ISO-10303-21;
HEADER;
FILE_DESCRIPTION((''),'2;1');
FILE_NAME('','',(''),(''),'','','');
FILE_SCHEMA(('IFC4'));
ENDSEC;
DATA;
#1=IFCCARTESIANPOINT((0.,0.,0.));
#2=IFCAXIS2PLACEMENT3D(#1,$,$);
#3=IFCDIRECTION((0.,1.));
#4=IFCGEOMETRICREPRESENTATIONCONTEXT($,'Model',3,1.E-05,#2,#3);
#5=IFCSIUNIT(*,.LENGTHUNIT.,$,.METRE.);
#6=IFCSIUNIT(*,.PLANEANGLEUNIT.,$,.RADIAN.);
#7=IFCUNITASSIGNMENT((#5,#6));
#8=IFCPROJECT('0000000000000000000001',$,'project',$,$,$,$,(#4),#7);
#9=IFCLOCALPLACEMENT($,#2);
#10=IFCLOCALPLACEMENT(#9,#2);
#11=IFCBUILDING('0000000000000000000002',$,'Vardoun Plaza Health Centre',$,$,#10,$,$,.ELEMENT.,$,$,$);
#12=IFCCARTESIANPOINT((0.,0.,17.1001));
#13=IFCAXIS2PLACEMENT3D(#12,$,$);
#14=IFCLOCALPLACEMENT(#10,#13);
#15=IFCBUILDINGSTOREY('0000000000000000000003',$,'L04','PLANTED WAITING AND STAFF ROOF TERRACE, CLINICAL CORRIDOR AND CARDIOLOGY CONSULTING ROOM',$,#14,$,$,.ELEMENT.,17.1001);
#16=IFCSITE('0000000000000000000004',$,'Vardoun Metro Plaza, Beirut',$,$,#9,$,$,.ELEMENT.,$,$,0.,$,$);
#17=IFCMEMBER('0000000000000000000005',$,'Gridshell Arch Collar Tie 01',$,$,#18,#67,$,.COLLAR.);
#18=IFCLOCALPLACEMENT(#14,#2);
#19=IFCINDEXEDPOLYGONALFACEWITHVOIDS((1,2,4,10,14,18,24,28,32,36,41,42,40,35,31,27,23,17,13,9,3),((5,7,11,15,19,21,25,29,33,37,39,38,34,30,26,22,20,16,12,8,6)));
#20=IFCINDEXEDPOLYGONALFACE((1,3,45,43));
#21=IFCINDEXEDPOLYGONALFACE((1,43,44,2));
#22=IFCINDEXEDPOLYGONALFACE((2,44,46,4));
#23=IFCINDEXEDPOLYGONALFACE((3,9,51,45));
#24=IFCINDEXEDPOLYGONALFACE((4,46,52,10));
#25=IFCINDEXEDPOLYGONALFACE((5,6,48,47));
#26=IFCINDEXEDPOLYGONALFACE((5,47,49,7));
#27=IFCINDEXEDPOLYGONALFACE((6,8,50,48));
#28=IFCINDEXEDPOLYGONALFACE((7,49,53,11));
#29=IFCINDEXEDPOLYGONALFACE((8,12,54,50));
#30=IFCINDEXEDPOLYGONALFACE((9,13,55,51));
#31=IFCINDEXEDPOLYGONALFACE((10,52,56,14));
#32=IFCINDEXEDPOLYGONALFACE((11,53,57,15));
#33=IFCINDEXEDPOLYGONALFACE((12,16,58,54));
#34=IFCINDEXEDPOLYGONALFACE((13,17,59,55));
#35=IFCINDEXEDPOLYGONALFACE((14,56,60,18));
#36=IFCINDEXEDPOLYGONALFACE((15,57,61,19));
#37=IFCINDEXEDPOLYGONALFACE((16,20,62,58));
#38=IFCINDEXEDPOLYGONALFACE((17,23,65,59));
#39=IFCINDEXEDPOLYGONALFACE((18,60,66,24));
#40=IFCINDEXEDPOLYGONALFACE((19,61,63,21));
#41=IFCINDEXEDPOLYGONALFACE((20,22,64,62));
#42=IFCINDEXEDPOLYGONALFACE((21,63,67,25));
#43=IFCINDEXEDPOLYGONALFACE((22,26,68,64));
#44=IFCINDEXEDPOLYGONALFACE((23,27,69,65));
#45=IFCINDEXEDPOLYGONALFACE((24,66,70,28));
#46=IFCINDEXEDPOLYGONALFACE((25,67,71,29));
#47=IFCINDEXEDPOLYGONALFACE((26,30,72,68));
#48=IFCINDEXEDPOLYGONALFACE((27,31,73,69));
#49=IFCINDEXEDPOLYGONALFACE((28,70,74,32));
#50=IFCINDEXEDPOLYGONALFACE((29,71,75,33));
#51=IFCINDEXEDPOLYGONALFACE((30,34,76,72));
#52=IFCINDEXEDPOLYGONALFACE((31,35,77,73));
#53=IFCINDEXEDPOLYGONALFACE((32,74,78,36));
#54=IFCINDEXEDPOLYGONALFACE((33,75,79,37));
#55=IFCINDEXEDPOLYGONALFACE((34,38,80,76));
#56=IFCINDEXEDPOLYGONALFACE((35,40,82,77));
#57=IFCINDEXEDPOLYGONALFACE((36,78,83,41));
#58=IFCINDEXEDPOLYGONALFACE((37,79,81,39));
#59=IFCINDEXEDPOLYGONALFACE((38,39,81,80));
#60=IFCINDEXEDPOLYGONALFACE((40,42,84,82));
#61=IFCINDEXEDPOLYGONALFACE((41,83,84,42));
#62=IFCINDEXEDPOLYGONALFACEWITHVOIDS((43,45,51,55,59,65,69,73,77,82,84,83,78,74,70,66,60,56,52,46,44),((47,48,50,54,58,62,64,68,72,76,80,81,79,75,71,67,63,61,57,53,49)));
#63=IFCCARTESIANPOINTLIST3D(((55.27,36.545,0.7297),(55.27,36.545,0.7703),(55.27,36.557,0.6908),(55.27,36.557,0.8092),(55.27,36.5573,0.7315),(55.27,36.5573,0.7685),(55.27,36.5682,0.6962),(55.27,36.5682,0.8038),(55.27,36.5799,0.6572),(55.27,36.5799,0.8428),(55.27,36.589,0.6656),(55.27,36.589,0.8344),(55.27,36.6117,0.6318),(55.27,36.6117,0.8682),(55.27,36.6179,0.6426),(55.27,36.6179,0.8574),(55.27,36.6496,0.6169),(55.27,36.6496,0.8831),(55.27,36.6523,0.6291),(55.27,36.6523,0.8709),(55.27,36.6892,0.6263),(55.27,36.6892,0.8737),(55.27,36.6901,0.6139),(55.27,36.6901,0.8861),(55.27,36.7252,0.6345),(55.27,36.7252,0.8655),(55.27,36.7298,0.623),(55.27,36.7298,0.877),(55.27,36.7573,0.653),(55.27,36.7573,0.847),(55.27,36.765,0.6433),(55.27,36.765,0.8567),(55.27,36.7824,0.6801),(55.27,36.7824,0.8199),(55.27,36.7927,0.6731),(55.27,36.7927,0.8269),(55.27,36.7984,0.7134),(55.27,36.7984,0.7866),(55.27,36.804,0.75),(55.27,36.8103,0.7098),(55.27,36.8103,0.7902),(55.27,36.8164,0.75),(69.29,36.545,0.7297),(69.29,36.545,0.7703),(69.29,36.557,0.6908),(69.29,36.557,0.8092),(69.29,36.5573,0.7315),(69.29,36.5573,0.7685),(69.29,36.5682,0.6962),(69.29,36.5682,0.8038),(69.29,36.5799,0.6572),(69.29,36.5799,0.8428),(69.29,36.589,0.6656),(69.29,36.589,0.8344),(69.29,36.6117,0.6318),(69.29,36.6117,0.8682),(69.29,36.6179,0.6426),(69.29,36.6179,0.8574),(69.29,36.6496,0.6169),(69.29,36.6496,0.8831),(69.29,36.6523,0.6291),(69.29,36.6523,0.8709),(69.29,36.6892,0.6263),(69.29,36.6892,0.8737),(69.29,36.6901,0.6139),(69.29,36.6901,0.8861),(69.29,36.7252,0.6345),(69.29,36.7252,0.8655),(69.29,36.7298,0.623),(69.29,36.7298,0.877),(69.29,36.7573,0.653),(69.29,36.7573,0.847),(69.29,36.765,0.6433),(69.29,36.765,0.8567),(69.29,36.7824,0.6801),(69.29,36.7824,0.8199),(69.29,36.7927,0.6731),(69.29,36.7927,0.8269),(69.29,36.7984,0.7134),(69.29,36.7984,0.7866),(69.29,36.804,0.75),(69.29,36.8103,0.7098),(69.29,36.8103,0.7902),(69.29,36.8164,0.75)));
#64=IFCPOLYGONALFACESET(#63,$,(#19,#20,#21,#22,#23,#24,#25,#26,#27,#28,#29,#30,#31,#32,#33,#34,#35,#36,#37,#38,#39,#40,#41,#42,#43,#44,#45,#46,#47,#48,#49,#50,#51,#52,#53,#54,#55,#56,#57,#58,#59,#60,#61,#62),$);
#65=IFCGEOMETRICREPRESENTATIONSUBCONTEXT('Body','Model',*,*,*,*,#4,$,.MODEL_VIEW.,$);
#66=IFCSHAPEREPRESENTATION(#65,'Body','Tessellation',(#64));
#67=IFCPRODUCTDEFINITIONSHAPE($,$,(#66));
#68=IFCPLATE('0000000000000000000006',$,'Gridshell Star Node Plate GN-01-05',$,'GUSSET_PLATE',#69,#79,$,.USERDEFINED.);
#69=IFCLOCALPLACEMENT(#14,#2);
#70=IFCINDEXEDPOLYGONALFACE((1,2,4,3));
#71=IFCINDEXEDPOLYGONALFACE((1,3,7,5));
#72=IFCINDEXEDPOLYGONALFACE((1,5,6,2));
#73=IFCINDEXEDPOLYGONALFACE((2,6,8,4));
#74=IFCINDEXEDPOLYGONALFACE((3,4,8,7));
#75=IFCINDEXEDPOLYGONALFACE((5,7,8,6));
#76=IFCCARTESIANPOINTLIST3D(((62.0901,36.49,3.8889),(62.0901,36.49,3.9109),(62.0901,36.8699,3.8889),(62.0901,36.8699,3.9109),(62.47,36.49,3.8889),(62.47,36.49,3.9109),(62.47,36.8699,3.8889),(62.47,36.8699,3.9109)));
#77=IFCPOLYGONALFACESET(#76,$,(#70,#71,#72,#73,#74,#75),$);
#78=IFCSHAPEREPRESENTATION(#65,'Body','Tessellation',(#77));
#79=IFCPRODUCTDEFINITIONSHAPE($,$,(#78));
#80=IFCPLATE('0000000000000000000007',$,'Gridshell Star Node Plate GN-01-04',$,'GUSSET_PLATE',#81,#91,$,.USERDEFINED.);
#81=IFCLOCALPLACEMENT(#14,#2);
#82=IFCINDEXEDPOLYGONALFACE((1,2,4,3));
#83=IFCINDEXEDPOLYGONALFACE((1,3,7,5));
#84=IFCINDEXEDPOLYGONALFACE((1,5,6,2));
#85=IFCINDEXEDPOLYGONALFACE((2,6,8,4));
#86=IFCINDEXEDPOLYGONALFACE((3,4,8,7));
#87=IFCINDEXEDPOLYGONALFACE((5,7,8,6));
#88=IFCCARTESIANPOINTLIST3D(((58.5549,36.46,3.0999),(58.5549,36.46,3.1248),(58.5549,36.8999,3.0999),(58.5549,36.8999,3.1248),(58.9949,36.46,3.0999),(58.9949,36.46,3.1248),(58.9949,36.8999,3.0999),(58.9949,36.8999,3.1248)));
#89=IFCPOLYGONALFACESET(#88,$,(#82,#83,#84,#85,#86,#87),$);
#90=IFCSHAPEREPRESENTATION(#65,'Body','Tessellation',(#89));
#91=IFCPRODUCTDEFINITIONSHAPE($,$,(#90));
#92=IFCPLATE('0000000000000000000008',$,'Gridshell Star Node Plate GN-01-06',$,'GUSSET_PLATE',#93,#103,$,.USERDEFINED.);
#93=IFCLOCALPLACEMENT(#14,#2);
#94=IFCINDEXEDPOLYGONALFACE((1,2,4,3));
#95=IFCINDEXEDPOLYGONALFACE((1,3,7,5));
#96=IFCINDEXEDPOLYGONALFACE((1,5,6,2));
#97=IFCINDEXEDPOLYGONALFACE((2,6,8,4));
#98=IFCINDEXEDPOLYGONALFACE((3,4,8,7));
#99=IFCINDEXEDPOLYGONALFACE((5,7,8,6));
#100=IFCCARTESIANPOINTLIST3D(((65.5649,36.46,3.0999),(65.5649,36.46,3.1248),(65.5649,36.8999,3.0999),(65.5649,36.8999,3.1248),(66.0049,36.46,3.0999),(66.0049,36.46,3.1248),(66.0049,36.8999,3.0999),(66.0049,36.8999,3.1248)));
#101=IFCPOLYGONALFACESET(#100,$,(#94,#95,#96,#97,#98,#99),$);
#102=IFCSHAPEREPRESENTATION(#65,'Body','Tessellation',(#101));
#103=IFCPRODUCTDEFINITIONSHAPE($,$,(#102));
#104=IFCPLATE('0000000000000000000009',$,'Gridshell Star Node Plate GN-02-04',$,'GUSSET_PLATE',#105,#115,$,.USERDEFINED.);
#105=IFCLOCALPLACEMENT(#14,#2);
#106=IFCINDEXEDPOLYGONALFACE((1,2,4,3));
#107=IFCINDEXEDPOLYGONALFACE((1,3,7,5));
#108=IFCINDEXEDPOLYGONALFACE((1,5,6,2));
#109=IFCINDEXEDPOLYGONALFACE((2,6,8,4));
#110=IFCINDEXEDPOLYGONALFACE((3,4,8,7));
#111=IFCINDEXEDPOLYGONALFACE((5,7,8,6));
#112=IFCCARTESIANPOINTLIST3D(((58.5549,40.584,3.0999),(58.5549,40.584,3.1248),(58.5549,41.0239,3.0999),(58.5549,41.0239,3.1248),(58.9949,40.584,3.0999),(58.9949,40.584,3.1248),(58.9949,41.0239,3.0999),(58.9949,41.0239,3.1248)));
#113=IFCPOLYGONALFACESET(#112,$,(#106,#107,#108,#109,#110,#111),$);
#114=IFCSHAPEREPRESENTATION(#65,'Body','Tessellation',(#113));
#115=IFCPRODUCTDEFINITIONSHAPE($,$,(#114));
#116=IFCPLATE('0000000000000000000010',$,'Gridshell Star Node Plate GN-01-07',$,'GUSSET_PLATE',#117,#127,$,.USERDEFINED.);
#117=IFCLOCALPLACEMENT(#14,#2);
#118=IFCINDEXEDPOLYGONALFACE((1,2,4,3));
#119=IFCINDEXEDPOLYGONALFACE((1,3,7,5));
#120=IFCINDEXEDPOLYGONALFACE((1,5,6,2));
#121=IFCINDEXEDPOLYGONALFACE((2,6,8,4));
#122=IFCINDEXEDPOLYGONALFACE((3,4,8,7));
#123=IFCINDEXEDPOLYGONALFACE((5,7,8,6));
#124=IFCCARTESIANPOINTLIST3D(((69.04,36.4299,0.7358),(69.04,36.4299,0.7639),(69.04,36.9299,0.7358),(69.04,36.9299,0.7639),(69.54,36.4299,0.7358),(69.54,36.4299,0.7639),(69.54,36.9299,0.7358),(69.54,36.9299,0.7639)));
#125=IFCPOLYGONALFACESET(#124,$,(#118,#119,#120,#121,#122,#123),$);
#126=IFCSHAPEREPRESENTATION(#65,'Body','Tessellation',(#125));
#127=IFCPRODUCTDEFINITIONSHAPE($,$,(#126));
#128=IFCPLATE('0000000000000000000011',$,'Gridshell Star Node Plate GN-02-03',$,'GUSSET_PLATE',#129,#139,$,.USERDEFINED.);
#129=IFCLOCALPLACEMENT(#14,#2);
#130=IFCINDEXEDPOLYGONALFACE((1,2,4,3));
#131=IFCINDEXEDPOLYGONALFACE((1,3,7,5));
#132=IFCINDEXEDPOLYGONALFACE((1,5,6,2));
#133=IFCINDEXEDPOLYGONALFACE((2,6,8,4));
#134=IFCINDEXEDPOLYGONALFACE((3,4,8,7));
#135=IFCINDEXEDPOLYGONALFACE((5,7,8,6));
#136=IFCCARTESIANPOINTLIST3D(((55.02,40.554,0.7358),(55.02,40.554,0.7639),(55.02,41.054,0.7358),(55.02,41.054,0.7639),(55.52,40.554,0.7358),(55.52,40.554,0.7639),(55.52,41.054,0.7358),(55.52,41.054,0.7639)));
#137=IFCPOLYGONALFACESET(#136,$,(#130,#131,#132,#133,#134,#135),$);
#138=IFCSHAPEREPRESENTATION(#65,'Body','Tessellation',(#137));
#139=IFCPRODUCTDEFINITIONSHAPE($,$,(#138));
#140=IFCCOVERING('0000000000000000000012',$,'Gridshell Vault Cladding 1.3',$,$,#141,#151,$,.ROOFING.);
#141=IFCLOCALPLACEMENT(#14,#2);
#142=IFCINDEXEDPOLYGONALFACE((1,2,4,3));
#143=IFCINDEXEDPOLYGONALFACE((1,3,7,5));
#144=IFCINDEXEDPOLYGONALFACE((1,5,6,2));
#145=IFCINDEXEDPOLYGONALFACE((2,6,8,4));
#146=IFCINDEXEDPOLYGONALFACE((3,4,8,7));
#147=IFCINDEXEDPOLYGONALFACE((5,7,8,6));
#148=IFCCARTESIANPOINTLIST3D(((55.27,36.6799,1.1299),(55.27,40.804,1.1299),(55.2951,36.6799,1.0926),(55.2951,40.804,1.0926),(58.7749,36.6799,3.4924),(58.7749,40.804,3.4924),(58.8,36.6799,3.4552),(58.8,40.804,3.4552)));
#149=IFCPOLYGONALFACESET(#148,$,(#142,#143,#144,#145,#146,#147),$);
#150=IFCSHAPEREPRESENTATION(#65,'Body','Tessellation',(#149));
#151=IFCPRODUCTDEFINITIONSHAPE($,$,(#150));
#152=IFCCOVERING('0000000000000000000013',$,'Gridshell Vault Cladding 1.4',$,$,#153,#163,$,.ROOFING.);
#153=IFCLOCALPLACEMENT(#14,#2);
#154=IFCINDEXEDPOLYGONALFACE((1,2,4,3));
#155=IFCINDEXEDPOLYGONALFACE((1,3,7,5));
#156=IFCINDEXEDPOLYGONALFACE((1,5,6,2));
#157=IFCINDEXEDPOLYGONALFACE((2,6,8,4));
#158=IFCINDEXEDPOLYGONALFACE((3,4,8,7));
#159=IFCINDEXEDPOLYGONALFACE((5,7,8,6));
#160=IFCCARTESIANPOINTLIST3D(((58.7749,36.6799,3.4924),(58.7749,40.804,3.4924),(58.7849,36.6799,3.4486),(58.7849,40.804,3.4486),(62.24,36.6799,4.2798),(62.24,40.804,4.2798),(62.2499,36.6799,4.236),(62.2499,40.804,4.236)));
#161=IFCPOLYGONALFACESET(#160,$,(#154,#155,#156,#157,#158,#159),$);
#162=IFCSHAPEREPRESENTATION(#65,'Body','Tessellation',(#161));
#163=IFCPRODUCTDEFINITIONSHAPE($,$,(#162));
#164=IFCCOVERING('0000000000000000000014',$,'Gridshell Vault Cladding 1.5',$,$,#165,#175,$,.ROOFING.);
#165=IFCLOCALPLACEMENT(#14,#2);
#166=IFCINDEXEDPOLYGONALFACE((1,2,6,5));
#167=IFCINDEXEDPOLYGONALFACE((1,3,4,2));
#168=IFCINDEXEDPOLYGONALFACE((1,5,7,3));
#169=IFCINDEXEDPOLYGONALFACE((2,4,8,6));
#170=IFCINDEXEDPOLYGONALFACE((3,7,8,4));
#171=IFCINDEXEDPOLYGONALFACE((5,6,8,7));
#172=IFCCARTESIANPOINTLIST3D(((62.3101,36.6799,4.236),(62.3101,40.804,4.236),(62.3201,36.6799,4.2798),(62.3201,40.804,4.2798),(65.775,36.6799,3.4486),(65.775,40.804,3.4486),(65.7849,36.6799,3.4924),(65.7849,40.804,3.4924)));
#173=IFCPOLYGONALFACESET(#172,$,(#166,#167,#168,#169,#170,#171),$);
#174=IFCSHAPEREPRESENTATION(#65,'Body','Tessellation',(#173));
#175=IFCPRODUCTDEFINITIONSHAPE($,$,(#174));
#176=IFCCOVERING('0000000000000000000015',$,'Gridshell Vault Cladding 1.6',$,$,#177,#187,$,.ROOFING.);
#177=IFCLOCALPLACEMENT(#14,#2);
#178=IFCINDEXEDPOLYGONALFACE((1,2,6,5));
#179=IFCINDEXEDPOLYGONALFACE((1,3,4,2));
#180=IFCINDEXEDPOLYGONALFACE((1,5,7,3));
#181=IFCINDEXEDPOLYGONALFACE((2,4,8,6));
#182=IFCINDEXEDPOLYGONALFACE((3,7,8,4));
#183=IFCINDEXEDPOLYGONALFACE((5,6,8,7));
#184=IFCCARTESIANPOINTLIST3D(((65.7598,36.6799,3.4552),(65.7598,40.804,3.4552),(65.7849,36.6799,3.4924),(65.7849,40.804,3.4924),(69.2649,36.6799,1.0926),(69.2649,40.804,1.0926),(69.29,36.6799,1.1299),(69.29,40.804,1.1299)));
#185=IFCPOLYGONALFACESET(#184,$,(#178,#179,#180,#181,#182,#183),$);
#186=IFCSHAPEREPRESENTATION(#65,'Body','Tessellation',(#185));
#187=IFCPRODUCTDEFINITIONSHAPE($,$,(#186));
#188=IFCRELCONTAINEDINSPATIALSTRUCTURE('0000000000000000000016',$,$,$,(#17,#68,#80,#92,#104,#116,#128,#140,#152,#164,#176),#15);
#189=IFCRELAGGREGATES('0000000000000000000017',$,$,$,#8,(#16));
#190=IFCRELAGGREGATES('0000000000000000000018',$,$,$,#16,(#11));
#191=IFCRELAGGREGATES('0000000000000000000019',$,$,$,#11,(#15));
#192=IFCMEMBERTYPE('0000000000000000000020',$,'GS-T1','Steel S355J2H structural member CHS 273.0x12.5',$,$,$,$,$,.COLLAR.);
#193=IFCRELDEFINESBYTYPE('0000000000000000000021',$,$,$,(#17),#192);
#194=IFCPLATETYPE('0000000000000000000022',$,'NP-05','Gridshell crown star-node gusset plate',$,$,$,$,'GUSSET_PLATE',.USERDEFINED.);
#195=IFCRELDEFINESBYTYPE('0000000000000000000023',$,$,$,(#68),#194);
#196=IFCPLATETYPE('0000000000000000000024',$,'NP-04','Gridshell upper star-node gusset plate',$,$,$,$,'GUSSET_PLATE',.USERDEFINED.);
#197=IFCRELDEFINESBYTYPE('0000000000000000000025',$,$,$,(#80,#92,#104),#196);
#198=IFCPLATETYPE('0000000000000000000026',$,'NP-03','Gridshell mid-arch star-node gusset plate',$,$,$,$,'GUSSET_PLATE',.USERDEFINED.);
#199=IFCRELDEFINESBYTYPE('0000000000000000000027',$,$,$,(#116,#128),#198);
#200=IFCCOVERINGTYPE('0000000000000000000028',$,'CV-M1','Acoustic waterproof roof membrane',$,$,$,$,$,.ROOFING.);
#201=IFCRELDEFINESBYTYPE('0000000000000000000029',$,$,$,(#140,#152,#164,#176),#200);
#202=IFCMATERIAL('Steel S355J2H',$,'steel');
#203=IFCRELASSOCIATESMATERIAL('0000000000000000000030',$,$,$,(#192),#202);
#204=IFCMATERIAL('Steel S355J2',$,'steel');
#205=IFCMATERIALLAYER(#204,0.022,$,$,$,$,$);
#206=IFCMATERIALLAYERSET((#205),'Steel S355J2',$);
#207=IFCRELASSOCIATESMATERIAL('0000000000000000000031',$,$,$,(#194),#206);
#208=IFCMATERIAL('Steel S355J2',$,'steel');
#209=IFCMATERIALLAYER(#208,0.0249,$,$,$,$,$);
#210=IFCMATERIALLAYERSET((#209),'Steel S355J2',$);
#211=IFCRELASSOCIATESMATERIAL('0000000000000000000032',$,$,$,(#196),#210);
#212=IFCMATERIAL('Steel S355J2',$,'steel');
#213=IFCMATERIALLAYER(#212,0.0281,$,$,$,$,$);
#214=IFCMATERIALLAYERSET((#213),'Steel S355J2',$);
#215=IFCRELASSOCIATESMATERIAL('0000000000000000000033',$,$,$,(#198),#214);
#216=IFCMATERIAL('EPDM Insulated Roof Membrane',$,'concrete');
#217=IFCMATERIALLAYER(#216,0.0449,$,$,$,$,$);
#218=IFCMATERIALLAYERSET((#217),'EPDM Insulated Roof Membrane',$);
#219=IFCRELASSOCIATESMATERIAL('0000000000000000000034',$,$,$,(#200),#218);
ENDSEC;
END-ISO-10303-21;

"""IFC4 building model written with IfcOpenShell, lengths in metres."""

from ifc_helpers import new_model, si_unit, direction, frame, origin, origin_2d, place, context, subcontext, project, spatial, polyline, rectangle, hollow_circle, outline, extrude, material, layer, layer_set, material_profile, profile_set, type_object, element, save


model = new_model("IFC4")

# Units and contexts
model_context = context("Model", 3, precision=1e-05, world=origin(), true_north=direction((0.0, 1.0)))
body_context = subcontext(model_context, "Body", "Model", "MODEL_VIEW")
ifc_project = project(units=[si_unit("LENGTHUNIT", "METRE"), si_unit("PLANEANGLEUNIT", "RADIAN")], contexts=[model_context])

# Site, building, storey
site_placement = place(None, origin())
site = spatial("IfcSite", under=ifc_project, at=site_placement, Name="Vardoun Metro Plaza, Beirut", CompositionType="ELEMENT", RefElevation=0.0)
building_placement = place(site_placement, origin())
building = spatial("IfcBuilding", under=site, at=building_placement, Name="Vardoun Plaza Health Centre", CompositionType="ELEMENT")
storey_placement = place(building_placement, frame((0.0, 0.0, 17.1001)))
storey = spatial("IfcBuildingStorey", under=building, at=storey_placement, Name="L04", Description="PLANTED WAITING AND STAFF ROOF TERRACE, CLINICAL CORRIDOR AND CARDIOLOGY CONSULTING ROOM", CompositionType="ELEMENT", Elevation=17.1001)

# Member
ifc_material_1 = material(Name="Steel S355J2H", Category="steel")
ifc_material_profile_1 = material_profile(ifc_material_1, hollow_circle(Radius=0.1365, WallThickness=0.0125, at=origin_2d()), Name="CHS 273.0x12.5")
ifc_profile_set_1 = profile_set([ifc_material_profile_1], Name="Steel S355J2H")
member_type_1 = type_object("IfcMemberType", Name="GS-T1", Description="Steel S355J2H structural member CHS 273.0x12.5", PredefinedType="COLLAR", material=ifc_profile_set_1)
member_1_placement = place(storey_placement, frame((55.27, 36.6799, 0.75), z_axis=(1.0, 0.0, 0.0), x_axis=(0.0, 1.0, 0.0)))
element("IfcMember", 1, at=member_1_placement, inside=storey, type_object=member_type_1, Name="Gridshell Arch Collar Tie 01", PredefinedType="COLLAR", context=body_context, shape_type="SweptSolid", body=[
    extrude(hollow_circle(Radius=0.1365, WallThickness=0.0125, at=origin_2d()), origin(), (0.0, 0.0, 1.0), 14.02),
])

# Plates
ifc_material_2 = material(Name="Steel S355J2", Category="steel")
ifc_layer_1 = layer(ifc_material_2, 0.022)
ifc_layer_set_1 = layer_set([ifc_layer_1], Name="Steel S355J2")
plate_type_1 = type_object("IfcPlateType", Name="NP-05", Description="Gridshell crown star-node gusset plate", ElementType="GUSSET_PLATE", PredefinedType="USERDEFINED", material=ifc_layer_set_1)
plate_placement = place(storey_placement, frame((62.28, 36.6799, 3.8889), z_axis=(0.0, 0.0, 1.0), x_axis=(1.0, 0.0, 0.0)))
element("IfcPlate", 2, at=plate_placement, inside=storey, type_object=plate_type_1, Name="Gridshell Star Node Plate GN-01-05", ObjectType="GUSSET_PLATE", PredefinedType="USERDEFINED", context=body_context, shape_type="SweptSolid", body=[
    extrude(rectangle(XDim=0.3799, YDim=0.3799, at=origin_2d()), origin(), (0.0, 0.0, 1.0), 0.022),
])
ifc_material_3 = material(Name="Steel S355J2", Category="steel")
ifc_layer_2 = layer(ifc_material_3, 0.0249)
ifc_layer_set_2 = layer_set([ifc_layer_2], Name="Steel S355J2")
plate_type_2 = type_object("IfcPlateType", Name="NP-04", Description="Gridshell upper star-node gusset plate", ElementType="GUSSET_PLATE", PredefinedType="USERDEFINED", material=ifc_layer_set_2)
for number, where, z_axis, x_axis, name in (
    (3, (58.7749, 36.6799, 3.0999), (0.0, 0.0, 1.0), (1.0, 0.0, 0.0), "Gridshell Star Node Plate GN-01-04"),
    (4, (65.7849, 36.6799, 3.0999), (0.0, 0.0, 1.0), (1.0, 0.0, 0.0), "Gridshell Star Node Plate GN-01-06"),
    (5, (58.7749, 40.804, 3.0999), (0.0, 0.0, 1.0), (1.0, 0.0, 0.0), "Gridshell Star Node Plate GN-02-04"),
):
    element("IfcPlate", number, at=place(storey_placement, frame(where, z_axis=z_axis, x_axis=x_axis)), inside=storey, type_object=plate_type_2, Name=name, ObjectType="GUSSET_PLATE", PredefinedType="USERDEFINED", context=body_context, shape_type="SweptSolid", body=[
        extrude(rectangle(XDim=0.4399, YDim=0.4399, at=origin_2d()), origin(), (0.0, 0.0, 1.0), 0.0249),
    ])
ifc_material_4 = material(Name="Steel S355J2", Category="steel")
ifc_layer_3 = layer(ifc_material_4, 0.0281)
ifc_layer_set_3 = layer_set([ifc_layer_3], Name="Steel S355J2")
plate_type_3 = type_object("IfcPlateType", Name="NP-03", Description="Gridshell mid-arch star-node gusset plate", ElementType="GUSSET_PLATE", PredefinedType="USERDEFINED", material=ifc_layer_set_3)
for number, where, z_axis, x_axis, name in (
    (6, (69.29, 36.6799, 0.7358), (0.0, 0.0, 1.0), (1.0, 0.0, 0.0), "Gridshell Star Node Plate GN-01-07"),
    (7, (55.27, 40.804, 0.7358), (0.0, 0.0, 1.0), (1.0, 0.0, 0.0), "Gridshell Star Node Plate GN-02-03"),
):
    element("IfcPlate", number, at=place(storey_placement, frame(where, z_axis=z_axis, x_axis=x_axis)), inside=storey, type_object=plate_type_3, Name=name, ObjectType="GUSSET_PLATE", PredefinedType="USERDEFINED", context=body_context, shape_type="SweptSolid", body=[
        extrude(rectangle(XDim=0.5, YDim=0.5, at=origin_2d()), origin(), (0.0, 0.0, 1.0), 0.0281),
    ])

# Coverings
ifc_material_5 = material(Name="EPDM Insulated Roof Membrane", Category="concrete")
ifc_layer_4 = layer(ifc_material_5, 0.0449)
ifc_layer_set_4 = layer_set([ifc_layer_4], Name="EPDM Insulated Roof Membrane")
covering_type = type_object("IfcCoveringType", Name="CV-M1", Description="Acoustic waterproof roof membrane", PredefinedType="ROOFING", material=ifc_layer_set_4)
covering_1_placement = place(storey_placement, frame((55.27, 36.6799, 1.1299), z_axis=(-0.558945, 0.0, 0.829205), x_axis=(0.829205, 0.0, 0.558945)))
element("IfcCovering", 8, at=covering_1_placement, inside=storey, type_object=covering_type, Name="Gridshell Vault Cladding 1.3", PredefinedType="ROOFING", context=body_context, shape_type="SweptSolid", body=[
    extrude(outline(polyline([(0.0, 0.0), (4.2268, 0.0), (4.2268, 4.124), (0.0, 4.124), (0.0, 0.0)])), origin(), (0.0, 0.0, -1.0), 0.0449),
])
covering_2_placement = place(storey_placement, frame((58.7749, 36.6799, 3.4924), z_axis=(-0.221577, 0.0, 0.975143), x_axis=(0.975143, 0.0, 0.221577)))
element("IfcCovering", 9, at=covering_2_placement, inside=storey, type_object=covering_type, Name="Gridshell Vault Cladding 1.4", PredefinedType="ROOFING", context=body_context, shape_type="SweptSolid", body=[
    extrude(outline(polyline([(0.0, 0.0), (3.5534, 0.0), (3.5534, 4.124), (0.0, 4.124), (0.0, 0.0)])), origin(), (0.0, 0.0, -1.0), 0.0449),
])
covering_3_placement = place(storey_placement, frame((62.3201, 36.6799, 4.2798), z_axis=(0.221591, 0.0, 0.97514), x_axis=(0.97514, 0.0, -0.221591)))
element("IfcCovering", 10, at=covering_3_placement, inside=storey, type_object=covering_type, Name="Gridshell Vault Cladding 1.5", PredefinedType="ROOFING", context=body_context, shape_type="SweptSolid", body=[
    extrude(outline(polyline([(0.0, 0.0), (3.5532, 0.0), (3.5532, 4.124), (0.0, 4.124), (0.0, 0.0)])), origin(), (0.0, 0.0, -1.0), 0.0449),
])
covering_4_placement = place(storey_placement, frame((65.7849, 36.6799, 3.4924), z_axis=(0.558918, 0.0, 0.829223), x_axis=(0.829223, 0.0, -0.558918)))
element("IfcCovering", 11, at=covering_4_placement, inside=storey, type_object=covering_type, Name="Gridshell Vault Cladding 1.6", PredefinedType="ROOFING", context=body_context, shape_type="SweptSolid", body=[
    extrude(outline(polyline([(0.0, 0.0), (4.227, 0.0), (4.227, 4.124), (0.0, 4.124), (0.0, 0.0)])), origin(), (0.0, 0.0, -1.0), 0.0449),
])

save(model, "model.ifc")
